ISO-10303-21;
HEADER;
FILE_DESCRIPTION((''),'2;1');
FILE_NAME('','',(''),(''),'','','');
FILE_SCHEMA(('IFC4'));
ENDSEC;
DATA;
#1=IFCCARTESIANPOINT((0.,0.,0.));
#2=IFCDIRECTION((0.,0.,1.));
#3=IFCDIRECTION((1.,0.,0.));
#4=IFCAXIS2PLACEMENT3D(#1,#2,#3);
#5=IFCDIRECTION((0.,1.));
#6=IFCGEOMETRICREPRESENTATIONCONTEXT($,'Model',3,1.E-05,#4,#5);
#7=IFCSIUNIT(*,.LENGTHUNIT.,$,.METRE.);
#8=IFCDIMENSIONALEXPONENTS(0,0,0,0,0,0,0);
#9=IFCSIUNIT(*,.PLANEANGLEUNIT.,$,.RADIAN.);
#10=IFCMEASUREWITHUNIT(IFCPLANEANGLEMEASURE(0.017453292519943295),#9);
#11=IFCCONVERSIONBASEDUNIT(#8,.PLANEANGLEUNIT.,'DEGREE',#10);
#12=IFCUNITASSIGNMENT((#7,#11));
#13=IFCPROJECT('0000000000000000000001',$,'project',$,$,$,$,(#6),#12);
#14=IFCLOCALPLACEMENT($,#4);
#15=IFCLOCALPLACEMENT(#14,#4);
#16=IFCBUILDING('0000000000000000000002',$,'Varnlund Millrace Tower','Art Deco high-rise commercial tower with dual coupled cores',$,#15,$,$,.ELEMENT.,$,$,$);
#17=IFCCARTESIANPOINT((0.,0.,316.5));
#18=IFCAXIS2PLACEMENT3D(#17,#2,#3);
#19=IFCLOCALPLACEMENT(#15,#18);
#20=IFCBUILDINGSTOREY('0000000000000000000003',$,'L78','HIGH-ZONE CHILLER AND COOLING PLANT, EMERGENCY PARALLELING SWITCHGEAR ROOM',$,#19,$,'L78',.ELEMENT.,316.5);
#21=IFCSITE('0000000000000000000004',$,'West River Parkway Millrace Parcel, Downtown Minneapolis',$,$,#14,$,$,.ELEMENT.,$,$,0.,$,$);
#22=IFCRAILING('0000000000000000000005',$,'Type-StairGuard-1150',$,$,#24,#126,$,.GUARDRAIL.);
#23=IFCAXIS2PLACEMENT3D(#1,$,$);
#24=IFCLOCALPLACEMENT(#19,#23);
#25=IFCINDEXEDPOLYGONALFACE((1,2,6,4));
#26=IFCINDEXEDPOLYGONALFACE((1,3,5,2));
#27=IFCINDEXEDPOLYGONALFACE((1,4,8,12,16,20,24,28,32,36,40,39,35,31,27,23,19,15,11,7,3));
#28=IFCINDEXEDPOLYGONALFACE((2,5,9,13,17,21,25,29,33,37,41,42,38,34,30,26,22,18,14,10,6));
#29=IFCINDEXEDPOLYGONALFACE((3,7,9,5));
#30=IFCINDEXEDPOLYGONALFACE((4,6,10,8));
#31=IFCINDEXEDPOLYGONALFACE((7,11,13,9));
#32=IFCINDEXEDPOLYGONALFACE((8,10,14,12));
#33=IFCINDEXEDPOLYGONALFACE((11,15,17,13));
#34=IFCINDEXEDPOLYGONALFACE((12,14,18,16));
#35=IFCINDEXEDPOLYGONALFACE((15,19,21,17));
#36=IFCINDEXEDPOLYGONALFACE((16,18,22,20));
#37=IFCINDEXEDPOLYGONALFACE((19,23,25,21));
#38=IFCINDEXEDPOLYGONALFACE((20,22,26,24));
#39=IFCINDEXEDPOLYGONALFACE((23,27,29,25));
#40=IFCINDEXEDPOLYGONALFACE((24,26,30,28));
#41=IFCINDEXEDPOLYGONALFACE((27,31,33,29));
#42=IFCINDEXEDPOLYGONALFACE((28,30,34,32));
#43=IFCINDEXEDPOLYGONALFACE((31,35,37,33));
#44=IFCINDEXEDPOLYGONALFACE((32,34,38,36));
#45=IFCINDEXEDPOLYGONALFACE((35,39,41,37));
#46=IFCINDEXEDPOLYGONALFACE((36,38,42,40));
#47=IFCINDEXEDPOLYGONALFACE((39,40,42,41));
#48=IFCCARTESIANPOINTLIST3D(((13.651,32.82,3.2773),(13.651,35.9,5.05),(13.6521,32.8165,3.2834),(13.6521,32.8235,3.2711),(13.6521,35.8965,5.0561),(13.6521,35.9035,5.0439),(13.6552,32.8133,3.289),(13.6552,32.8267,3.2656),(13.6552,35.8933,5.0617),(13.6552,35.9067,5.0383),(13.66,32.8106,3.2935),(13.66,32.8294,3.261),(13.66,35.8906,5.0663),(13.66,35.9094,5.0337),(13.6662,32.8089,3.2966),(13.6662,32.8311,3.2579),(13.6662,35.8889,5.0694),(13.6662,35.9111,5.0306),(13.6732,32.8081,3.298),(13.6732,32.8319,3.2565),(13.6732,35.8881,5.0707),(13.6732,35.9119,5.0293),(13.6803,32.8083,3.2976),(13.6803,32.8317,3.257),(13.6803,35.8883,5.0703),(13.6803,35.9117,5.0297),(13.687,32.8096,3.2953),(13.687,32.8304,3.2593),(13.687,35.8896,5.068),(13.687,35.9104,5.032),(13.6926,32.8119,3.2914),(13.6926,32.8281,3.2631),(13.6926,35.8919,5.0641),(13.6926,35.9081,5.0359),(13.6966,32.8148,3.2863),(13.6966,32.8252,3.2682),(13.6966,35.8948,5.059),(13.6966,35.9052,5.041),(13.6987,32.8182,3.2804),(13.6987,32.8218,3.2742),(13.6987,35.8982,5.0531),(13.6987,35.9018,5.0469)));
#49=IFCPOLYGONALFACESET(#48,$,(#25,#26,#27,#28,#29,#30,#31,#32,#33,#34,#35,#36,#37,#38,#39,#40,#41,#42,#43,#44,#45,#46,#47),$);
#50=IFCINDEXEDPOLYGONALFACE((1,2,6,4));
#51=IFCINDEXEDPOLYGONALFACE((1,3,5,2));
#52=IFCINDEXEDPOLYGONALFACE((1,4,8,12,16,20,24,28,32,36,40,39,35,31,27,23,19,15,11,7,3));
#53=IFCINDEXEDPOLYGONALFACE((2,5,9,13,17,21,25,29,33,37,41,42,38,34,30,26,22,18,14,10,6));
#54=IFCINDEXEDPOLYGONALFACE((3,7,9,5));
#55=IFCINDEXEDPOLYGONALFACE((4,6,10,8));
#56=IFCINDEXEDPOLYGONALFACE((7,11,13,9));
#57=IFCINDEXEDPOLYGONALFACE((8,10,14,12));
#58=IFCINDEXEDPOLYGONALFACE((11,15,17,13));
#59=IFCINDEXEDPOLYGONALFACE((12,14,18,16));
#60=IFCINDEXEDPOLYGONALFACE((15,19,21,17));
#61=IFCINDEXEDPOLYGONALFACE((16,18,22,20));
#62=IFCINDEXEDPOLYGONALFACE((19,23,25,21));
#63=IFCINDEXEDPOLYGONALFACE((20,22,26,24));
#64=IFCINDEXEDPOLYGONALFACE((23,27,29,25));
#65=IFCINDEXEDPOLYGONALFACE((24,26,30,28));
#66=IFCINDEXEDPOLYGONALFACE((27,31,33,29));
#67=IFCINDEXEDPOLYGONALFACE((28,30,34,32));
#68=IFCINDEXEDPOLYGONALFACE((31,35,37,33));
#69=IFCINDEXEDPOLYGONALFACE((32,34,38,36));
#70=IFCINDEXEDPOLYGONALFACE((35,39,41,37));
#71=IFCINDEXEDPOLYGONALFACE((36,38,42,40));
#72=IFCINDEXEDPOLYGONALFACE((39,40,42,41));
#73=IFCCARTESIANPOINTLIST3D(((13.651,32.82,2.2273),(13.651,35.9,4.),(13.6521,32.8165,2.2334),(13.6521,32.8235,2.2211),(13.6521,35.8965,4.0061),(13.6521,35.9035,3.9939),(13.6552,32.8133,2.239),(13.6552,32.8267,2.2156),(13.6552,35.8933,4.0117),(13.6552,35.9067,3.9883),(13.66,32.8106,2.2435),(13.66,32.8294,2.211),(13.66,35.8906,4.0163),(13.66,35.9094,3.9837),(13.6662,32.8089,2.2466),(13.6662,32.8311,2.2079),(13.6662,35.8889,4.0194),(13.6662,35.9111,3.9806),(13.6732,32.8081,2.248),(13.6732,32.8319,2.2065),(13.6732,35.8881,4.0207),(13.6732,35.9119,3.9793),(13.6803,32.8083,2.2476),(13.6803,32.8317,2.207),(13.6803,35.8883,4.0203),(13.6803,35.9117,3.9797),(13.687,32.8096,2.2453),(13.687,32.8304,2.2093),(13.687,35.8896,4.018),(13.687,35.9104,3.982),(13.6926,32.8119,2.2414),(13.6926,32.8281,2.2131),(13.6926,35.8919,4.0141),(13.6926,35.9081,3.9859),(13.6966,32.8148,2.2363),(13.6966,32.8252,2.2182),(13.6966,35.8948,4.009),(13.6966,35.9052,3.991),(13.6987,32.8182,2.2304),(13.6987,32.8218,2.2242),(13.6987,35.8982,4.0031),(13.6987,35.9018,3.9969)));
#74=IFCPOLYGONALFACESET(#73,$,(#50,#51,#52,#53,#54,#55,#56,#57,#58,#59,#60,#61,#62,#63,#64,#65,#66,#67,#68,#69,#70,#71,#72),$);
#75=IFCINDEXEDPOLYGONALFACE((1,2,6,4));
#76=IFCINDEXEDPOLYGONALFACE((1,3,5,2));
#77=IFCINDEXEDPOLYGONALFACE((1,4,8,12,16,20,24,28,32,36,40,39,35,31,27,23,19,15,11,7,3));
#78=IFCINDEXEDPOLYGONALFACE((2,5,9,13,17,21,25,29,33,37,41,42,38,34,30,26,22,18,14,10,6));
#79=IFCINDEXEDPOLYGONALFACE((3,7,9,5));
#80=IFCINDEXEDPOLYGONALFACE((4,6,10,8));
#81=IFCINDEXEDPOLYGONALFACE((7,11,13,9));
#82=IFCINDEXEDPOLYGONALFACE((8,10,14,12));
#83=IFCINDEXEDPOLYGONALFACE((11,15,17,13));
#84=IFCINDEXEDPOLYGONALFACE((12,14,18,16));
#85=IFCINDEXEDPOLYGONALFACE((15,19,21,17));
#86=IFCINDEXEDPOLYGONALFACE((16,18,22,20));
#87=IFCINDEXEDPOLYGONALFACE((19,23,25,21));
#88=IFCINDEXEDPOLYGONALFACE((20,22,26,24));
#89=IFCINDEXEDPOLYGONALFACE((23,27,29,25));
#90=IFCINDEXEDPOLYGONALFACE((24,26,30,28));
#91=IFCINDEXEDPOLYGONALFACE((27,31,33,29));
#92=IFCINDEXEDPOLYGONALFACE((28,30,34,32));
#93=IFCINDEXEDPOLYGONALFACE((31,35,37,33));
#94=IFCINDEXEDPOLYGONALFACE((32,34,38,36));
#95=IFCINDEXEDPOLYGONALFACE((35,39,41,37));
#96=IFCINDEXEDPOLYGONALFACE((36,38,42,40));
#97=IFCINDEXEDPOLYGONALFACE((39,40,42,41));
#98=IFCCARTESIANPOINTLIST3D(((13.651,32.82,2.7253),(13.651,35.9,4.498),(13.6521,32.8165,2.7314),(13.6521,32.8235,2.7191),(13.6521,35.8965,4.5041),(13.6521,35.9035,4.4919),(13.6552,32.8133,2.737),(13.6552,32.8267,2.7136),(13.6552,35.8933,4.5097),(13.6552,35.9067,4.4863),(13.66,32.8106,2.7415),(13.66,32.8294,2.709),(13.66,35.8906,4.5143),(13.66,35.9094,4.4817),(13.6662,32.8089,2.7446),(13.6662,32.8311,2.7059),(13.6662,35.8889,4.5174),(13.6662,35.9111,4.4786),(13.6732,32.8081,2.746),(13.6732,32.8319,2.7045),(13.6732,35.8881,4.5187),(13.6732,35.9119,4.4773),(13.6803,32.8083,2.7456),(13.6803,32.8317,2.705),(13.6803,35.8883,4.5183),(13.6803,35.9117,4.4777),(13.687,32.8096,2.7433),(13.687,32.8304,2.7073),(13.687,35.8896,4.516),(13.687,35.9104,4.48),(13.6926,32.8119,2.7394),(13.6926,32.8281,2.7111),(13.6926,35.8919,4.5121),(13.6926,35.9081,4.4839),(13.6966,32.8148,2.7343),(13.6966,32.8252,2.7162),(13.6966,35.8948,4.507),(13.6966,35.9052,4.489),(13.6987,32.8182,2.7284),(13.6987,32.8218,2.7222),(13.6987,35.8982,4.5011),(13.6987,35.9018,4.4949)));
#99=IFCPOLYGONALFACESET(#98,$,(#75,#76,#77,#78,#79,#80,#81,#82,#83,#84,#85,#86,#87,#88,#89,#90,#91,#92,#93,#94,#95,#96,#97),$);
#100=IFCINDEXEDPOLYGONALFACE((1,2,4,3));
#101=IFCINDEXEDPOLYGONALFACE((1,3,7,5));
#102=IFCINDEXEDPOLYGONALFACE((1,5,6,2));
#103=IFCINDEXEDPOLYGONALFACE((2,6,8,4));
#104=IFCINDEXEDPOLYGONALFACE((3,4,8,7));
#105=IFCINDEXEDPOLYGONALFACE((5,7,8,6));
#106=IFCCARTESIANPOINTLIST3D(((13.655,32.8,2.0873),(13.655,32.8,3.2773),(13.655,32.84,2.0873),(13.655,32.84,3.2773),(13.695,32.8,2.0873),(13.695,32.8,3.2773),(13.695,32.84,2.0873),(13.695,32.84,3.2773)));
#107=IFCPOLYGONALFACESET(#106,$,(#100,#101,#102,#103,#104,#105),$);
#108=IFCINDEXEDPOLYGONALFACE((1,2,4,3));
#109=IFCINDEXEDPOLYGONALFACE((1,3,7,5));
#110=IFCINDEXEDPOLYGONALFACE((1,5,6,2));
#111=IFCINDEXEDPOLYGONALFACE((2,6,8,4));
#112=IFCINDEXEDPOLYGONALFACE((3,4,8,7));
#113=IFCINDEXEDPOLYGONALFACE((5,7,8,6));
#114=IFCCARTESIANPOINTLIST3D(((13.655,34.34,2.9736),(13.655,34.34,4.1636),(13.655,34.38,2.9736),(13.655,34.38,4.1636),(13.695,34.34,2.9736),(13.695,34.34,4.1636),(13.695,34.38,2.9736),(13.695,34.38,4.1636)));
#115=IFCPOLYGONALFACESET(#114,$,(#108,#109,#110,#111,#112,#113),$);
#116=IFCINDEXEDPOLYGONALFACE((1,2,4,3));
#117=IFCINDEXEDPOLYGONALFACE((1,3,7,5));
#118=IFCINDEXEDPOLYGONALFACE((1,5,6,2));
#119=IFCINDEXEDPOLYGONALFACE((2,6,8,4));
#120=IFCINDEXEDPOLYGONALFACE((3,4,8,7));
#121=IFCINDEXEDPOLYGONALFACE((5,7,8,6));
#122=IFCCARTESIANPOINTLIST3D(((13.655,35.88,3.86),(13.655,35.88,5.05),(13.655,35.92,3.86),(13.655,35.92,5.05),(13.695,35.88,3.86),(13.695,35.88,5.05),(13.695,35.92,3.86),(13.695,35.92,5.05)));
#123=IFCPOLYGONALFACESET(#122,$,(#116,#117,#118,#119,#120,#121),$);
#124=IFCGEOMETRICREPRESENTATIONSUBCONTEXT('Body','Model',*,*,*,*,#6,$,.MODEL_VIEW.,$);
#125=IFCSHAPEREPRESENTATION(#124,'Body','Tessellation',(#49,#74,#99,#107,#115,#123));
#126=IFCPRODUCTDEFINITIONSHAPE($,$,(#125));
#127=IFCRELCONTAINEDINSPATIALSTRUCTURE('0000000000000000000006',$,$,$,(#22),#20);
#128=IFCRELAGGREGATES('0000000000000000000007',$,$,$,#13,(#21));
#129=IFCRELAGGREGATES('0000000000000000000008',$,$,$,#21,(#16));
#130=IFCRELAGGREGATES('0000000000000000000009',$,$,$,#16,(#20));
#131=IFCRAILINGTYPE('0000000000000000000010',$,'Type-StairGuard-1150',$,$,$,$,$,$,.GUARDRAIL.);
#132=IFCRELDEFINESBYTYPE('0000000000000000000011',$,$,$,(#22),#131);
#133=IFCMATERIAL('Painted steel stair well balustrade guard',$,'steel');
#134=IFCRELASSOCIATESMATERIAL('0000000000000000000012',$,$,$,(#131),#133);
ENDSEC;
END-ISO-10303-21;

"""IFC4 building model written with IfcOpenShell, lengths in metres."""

from ifc_helpers import new_model, entity, si_unit, converted_unit, direction, frame, origin_with_axes, origin_2d_with_axis, place, context, subcontext, project, spatial, rectangle, circle, extrude, material, type_object, element, save


model = new_model("IFC4")

# Units and contexts
model_context = context("Model", 3, precision=1e-05, world=origin_with_axes(), true_north=direction((0.0, 1.0)))
body_context = subcontext(model_context, "Body", "Model", "MODEL_VIEW")
ifc_project = project(units=[si_unit("LENGTHUNIT", "METRE"), converted_unit("PLANEANGLEUNIT", "DEGREE", entity("IfcPlaneAngleMeasure", 0.017453292519943295), si_unit("PLANEANGLEUNIT", "RADIAN"), dimensions=[0, 0, 0, 0, 0, 0, 0])], contexts=[model_context])

# Site, building, storey
site_placement = place(None, origin_with_axes())
site = spatial("IfcSite", under=ifc_project, at=site_placement, Name="West River Parkway Millrace Parcel, Downtown Minneapolis", CompositionType="ELEMENT", RefElevation=0.0)
building_placement = place(site_placement, origin_with_axes())
building = spatial("IfcBuilding", under=site, at=building_placement, Name="Varnlund Millrace Tower", Description="Art Deco high-rise commercial tower with dual coupled cores", CompositionType="ELEMENT")
storey_placement = place(building_placement, frame((0.0, 0.0, 316.5), z_axis=(0.0, 0.0, 1.0), x_axis=(1.0, 0.0, 0.0)))
storey = spatial("IfcBuildingStorey", under=building, at=storey_placement, Name="L78", Description="HIGH-ZONE CHILLER AND COOLING PLANT, EMERGENCY PARALLELING SWITCHGEAR ROOM", LongName="L78", CompositionType="ELEMENT", Elevation=316.5)

# Railing
ifc_material_1 = material(Name="Painted steel stair well balustrade guard", Category="steel")
railing_type_1 = type_object("IfcRailingType", Name="Type-StairGuard-1150", PredefinedType="GUARDRAIL", material=ifc_material_1)
railing_1_placement = place(storey_placement, frame((0.0, 0.0, -316.5), z_axis=(0.0, 0.0, 1.0), x_axis=(1.0, 0.0, 0.0)))
element("IfcRailing", 1, at=railing_1_placement, inside=storey, type_object=railing_type_1, Name="Type-StairGuard-1150", PredefinedType="GUARDRAIL", context=body_context, shape_type="SweptSolid", body=[
    extrude(circle(Radius=0.024, at=origin_2d_with_axis()), frame((13.675, 32.82, 319.7773), z_axis=(0.0, 0.866696, 0.498836), x_axis=(-1.0, 0.0, 0.0)), (0.0, 0.0, 1.0), 3.5537),
    extrude(circle(Radius=0.024, at=origin_2d_with_axis()), frame((13.675, 32.82, 318.7273), z_axis=(0.0, 0.866696, 0.498836), x_axis=(-1.0, 0.0, 0.0)), (0.0, 0.0, 1.0), 3.5537),
    extrude(circle(Radius=0.024, at=origin_2d_with_axis()), frame((13.675, 32.82, 319.2253), z_axis=(0.0, 0.866696, 0.498836), x_axis=(-1.0, 0.0, 0.0)), (0.0, 0.0, 1.0), 3.5537),
    extrude(rectangle(XDim=0.04, YDim=0.04, at=origin_2d_with_axis()), frame((13.675, 32.82, 318.5873), z_axis=(0.0, 0.0, 1.0), x_axis=(1.0, 0.0, 0.0)), (0.0, 0.0, 1.0), 1.19),
    extrude(rectangle(XDim=0.04, YDim=0.04, at=origin_2d_with_axis()), frame((13.675, 34.36, 319.4736), z_axis=(0.0, 0.0, 1.0), x_axis=(1.0, 0.0, 0.0)), (0.0, 0.0, 1.0), 1.19),
    extrude(rectangle(XDim=0.04, YDim=0.04, at=origin_2d_with_axis()), frame((13.675, 35.9, 320.36), z_axis=(0.0, 0.0, 1.0), x_axis=(1.0, 0.0, 0.0)), (0.0, 0.0, 1.0), 1.19),
])

save(model, "model.ifc")
